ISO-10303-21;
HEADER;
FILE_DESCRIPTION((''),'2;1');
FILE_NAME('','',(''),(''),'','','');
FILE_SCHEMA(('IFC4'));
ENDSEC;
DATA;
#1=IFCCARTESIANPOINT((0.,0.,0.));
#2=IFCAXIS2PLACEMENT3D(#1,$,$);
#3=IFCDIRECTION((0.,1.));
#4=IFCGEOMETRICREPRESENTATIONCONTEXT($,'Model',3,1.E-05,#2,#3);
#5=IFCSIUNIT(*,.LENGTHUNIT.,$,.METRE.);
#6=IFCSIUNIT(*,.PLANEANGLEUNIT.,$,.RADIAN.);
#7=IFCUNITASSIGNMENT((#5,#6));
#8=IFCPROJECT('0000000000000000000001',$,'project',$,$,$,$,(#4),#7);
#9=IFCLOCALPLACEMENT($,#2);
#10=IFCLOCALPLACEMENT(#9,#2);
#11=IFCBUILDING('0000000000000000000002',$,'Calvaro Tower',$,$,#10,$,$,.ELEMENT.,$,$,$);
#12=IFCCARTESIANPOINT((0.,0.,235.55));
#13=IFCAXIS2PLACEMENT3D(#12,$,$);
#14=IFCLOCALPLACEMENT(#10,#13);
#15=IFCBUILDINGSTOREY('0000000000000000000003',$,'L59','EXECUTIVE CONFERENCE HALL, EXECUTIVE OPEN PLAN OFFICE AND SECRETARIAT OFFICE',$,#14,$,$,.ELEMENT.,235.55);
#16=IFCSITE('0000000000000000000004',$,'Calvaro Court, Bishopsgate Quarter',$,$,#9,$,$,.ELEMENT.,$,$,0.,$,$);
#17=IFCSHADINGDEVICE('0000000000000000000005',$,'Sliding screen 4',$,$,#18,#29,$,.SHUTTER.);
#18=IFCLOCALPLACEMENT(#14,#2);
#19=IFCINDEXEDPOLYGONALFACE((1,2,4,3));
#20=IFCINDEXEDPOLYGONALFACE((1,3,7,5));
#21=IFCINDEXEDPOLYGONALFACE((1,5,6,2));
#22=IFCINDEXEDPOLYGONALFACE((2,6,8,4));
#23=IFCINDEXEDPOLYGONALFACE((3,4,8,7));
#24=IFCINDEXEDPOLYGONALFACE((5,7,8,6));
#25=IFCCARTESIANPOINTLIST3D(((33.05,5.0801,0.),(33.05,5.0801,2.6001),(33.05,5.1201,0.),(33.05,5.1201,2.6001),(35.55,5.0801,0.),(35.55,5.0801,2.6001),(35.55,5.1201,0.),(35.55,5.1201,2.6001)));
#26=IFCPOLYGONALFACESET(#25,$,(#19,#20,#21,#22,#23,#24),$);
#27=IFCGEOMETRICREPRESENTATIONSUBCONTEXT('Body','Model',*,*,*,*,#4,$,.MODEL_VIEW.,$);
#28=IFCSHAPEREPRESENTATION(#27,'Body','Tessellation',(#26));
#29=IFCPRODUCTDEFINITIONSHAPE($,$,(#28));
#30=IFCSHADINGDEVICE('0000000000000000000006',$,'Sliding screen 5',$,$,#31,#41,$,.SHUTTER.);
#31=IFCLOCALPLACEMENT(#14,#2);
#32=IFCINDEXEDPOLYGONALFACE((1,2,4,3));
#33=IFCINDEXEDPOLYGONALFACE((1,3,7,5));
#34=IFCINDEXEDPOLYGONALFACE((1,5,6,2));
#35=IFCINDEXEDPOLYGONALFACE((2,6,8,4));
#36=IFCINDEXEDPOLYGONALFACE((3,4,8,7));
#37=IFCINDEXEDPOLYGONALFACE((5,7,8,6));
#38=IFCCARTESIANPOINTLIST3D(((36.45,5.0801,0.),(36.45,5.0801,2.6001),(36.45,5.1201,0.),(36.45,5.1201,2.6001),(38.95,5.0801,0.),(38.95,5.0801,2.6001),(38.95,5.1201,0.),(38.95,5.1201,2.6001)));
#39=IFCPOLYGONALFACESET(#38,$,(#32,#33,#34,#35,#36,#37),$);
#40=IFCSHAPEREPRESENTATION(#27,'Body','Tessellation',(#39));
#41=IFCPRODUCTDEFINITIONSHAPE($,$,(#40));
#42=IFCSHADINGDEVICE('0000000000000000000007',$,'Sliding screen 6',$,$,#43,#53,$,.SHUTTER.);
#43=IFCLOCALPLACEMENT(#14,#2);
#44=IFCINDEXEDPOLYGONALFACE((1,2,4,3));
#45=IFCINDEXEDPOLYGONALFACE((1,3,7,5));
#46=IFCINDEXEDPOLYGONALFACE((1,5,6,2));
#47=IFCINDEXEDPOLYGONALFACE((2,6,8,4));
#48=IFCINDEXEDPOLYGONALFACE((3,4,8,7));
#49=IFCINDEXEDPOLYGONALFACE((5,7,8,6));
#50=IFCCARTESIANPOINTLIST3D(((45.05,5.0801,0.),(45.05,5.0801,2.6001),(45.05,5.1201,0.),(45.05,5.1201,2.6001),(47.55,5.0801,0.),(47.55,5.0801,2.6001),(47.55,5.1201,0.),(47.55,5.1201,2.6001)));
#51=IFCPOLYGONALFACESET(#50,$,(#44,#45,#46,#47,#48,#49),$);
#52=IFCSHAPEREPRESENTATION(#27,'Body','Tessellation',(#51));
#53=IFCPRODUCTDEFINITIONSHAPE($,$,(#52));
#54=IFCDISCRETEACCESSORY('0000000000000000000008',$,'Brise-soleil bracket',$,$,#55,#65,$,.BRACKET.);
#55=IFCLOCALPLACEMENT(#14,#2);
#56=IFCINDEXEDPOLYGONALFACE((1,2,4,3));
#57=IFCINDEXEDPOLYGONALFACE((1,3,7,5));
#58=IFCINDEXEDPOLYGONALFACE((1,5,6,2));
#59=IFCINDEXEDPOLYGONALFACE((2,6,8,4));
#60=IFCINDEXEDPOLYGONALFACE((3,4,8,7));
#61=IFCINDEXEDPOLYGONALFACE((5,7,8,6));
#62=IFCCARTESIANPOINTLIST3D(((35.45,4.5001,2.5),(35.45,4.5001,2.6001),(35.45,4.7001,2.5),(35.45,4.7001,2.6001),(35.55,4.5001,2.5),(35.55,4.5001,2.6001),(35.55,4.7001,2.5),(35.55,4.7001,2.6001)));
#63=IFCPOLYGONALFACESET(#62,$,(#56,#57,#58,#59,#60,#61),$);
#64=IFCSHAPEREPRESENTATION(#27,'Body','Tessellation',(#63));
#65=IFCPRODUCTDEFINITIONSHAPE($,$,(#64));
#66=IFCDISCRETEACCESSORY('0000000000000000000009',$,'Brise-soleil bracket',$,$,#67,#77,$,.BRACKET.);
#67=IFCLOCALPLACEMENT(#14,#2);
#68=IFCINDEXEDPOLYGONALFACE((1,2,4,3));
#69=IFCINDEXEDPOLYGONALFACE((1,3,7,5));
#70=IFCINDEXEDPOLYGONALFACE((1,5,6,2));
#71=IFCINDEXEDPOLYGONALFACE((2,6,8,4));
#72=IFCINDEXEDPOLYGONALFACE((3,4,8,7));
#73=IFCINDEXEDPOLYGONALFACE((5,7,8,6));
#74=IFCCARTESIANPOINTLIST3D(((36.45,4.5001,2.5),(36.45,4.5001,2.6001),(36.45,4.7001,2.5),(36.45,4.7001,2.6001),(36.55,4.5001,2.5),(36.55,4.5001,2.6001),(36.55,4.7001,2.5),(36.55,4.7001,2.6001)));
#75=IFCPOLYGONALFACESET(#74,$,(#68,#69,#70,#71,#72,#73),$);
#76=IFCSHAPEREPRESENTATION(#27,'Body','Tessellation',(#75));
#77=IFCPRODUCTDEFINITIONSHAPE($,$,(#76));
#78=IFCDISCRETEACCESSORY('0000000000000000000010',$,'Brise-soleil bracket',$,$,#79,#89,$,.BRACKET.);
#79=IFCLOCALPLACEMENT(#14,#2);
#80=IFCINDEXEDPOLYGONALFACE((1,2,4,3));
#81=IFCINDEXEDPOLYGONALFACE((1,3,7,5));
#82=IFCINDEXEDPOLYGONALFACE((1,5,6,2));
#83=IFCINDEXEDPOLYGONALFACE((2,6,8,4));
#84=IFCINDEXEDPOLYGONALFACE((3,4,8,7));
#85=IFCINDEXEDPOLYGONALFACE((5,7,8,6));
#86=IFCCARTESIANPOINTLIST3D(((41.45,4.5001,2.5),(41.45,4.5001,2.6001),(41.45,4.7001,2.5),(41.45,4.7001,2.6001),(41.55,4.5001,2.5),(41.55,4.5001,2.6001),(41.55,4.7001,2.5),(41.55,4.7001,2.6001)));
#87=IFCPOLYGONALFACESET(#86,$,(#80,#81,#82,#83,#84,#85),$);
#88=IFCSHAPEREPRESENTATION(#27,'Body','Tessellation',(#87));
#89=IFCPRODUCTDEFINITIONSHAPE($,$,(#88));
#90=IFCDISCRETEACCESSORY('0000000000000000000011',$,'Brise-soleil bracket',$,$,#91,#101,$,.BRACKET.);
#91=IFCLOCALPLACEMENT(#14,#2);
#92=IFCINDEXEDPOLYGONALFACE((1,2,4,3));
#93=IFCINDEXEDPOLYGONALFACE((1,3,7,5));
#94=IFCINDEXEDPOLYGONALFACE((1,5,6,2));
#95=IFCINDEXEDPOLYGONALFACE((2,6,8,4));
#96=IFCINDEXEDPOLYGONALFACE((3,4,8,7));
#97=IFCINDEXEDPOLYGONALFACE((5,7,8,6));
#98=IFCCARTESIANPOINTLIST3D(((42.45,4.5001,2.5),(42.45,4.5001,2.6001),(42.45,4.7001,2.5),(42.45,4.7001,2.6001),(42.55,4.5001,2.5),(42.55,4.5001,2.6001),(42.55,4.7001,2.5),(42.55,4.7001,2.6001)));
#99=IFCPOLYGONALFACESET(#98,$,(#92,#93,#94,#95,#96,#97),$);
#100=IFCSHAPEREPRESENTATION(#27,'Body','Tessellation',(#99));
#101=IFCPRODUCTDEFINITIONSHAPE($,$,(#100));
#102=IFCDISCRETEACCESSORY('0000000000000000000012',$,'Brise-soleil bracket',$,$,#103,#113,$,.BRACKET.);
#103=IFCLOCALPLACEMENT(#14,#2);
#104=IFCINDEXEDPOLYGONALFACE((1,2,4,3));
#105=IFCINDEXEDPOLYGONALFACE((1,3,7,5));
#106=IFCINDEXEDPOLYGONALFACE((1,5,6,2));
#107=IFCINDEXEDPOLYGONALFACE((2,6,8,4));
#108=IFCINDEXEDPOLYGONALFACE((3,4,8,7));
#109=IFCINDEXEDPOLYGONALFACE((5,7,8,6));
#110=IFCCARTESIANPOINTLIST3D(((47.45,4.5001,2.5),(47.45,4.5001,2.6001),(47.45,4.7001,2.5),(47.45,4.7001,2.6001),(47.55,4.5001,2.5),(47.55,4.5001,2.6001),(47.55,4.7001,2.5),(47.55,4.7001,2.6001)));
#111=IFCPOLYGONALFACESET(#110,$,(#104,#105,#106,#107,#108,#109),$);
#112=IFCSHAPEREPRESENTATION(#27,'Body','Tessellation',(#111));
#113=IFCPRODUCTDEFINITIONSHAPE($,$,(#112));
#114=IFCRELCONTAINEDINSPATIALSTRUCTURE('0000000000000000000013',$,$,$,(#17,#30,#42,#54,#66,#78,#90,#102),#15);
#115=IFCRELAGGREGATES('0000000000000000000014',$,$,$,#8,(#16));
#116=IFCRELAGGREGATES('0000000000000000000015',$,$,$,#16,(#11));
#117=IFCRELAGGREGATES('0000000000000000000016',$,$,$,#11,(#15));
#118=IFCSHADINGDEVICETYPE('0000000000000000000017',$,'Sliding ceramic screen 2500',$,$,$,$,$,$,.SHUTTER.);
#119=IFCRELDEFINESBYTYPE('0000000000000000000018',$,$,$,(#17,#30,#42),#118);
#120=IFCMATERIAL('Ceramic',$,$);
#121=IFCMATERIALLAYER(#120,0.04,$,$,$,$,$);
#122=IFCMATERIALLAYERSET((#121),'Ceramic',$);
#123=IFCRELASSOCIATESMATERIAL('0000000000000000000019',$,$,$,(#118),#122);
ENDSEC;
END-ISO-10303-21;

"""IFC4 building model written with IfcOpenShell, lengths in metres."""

from ifc_helpers import new_model, si_unit, direction, frame, origin, origin_2d, place, context, subcontext, project, spatial, rectangle, extrude, material, layer, layer_set, type_object, element, save


model = new_model("IFC4")

# Units and contexts
model_context = context("Model", 3, precision=1e-05, world=origin(), true_north=direction((0.0, 1.0)))
body_context = subcontext(model_context, "Body", "Model", "MODEL_VIEW")
ifc_project = project(units=[si_unit("LENGTHUNIT", "METRE"), si_unit("PLANEANGLEUNIT", "RADIAN")], contexts=[model_context])

# Site, building, storey
site_placement = place(None, origin())
site = spatial("IfcSite", under=ifc_project, at=site_placement, Name="Calvaro Court, Bishopsgate Quarter", CompositionType="ELEMENT", RefElevation=0.0)
building_placement = place(site_placement, origin())
building = spatial("IfcBuilding", under=site, at=building_placement, Name="Calvaro Tower", CompositionType="ELEMENT")
storey_placement = place(building_placement, frame((0.0, 0.0, 235.55)))
storey = spatial("IfcBuildingStorey", under=building, at=storey_placement, Name="L59", Description="EXECUTIVE CONFERENCE HALL, EXECUTIVE OPEN PLAN OFFICE AND SECRETARIAT OFFICE", CompositionType="ELEMENT", Elevation=235.55)

# Shading devices
ifc_material_1 = material(Name="Ceramic")
ifc_layer_1 = layer(ifc_material_1, 0.04)
ifc_layer_set_1 = layer_set([ifc_layer_1], Name="Ceramic")
shading_device_type_1 = type_object("IfcShadingDeviceType", Name="Sliding ceramic screen 2500", PredefinedType="SHUTTER", material=ifc_layer_set_1)
for number, where, z_axis, x_axis, name in (
    (1, (34.3, 5.1001, 0.0), (0.0, 0.0, 1.0), (1.0, 0.0, 0.0), "Sliding screen 4"),
    (2, (37.7, 5.1001, 0.0), (0.0, 0.0, 1.0), (1.0, 0.0, 0.0), "Sliding screen 5"),
    (3, (46.3, 5.1001, 0.0), (0.0, 0.0, 1.0), (1.0, 0.0, 0.0), "Sliding screen 6"),
):
    element("IfcShadingDevice", number, at=place(storey_placement, frame(where, z_axis=z_axis, x_axis=x_axis)), inside=storey, type_object=shading_device_type_1, Name=name, PredefinedType="SHUTTER", context=body_context, shape_type="SweptSolid", body=[
        extrude(rectangle(XDim=2.5, YDim=0.04, at=origin_2d()), origin(), (0.0, 0.0, 1.0), 2.6001),
    ])

# Discrete accessories
for number, where, z_axis, x_axis, name in (
    (4, (35.5, 4.6001, 2.5), (0.0, 0.0, 1.0), (1.0, 0.0, 0.0), "Brise-soleil bracket"),
    (5, (36.5, 4.6001, 2.5), (0.0, 0.0, 1.0), (1.0, 0.0, 0.0), "Brise-soleil bracket"),
    (6, (41.5, 4.6001, 2.5), (0.0, 0.0, 1.0), (1.0, 0.0, 0.0), "Brise-soleil bracket"),
    (7, (42.5, 4.6001, 2.5), (0.0, 0.0, 1.0), (1.0, 0.0, 0.0), "Brise-soleil bracket"),
    (8, (47.5, 4.6001, 2.5), (0.0, 0.0, 1.0), (1.0, 0.0, 0.0), "Brise-soleil bracket"),
):
    element("IfcDiscreteAccessory", number, at=place(storey_placement, frame(where, z_axis=z_axis, x_axis=x_axis)), inside=storey, Name=name, PredefinedType="BRACKET", context=body_context, shape_type="SweptSolid", body=[
        extrude(rectangle(XDim=0.1001, YDim=0.2, at=origin_2d()), origin(), (0.0, 0.0, 1.0), 0.1001),
    ])

save(model, "model.ifc")
